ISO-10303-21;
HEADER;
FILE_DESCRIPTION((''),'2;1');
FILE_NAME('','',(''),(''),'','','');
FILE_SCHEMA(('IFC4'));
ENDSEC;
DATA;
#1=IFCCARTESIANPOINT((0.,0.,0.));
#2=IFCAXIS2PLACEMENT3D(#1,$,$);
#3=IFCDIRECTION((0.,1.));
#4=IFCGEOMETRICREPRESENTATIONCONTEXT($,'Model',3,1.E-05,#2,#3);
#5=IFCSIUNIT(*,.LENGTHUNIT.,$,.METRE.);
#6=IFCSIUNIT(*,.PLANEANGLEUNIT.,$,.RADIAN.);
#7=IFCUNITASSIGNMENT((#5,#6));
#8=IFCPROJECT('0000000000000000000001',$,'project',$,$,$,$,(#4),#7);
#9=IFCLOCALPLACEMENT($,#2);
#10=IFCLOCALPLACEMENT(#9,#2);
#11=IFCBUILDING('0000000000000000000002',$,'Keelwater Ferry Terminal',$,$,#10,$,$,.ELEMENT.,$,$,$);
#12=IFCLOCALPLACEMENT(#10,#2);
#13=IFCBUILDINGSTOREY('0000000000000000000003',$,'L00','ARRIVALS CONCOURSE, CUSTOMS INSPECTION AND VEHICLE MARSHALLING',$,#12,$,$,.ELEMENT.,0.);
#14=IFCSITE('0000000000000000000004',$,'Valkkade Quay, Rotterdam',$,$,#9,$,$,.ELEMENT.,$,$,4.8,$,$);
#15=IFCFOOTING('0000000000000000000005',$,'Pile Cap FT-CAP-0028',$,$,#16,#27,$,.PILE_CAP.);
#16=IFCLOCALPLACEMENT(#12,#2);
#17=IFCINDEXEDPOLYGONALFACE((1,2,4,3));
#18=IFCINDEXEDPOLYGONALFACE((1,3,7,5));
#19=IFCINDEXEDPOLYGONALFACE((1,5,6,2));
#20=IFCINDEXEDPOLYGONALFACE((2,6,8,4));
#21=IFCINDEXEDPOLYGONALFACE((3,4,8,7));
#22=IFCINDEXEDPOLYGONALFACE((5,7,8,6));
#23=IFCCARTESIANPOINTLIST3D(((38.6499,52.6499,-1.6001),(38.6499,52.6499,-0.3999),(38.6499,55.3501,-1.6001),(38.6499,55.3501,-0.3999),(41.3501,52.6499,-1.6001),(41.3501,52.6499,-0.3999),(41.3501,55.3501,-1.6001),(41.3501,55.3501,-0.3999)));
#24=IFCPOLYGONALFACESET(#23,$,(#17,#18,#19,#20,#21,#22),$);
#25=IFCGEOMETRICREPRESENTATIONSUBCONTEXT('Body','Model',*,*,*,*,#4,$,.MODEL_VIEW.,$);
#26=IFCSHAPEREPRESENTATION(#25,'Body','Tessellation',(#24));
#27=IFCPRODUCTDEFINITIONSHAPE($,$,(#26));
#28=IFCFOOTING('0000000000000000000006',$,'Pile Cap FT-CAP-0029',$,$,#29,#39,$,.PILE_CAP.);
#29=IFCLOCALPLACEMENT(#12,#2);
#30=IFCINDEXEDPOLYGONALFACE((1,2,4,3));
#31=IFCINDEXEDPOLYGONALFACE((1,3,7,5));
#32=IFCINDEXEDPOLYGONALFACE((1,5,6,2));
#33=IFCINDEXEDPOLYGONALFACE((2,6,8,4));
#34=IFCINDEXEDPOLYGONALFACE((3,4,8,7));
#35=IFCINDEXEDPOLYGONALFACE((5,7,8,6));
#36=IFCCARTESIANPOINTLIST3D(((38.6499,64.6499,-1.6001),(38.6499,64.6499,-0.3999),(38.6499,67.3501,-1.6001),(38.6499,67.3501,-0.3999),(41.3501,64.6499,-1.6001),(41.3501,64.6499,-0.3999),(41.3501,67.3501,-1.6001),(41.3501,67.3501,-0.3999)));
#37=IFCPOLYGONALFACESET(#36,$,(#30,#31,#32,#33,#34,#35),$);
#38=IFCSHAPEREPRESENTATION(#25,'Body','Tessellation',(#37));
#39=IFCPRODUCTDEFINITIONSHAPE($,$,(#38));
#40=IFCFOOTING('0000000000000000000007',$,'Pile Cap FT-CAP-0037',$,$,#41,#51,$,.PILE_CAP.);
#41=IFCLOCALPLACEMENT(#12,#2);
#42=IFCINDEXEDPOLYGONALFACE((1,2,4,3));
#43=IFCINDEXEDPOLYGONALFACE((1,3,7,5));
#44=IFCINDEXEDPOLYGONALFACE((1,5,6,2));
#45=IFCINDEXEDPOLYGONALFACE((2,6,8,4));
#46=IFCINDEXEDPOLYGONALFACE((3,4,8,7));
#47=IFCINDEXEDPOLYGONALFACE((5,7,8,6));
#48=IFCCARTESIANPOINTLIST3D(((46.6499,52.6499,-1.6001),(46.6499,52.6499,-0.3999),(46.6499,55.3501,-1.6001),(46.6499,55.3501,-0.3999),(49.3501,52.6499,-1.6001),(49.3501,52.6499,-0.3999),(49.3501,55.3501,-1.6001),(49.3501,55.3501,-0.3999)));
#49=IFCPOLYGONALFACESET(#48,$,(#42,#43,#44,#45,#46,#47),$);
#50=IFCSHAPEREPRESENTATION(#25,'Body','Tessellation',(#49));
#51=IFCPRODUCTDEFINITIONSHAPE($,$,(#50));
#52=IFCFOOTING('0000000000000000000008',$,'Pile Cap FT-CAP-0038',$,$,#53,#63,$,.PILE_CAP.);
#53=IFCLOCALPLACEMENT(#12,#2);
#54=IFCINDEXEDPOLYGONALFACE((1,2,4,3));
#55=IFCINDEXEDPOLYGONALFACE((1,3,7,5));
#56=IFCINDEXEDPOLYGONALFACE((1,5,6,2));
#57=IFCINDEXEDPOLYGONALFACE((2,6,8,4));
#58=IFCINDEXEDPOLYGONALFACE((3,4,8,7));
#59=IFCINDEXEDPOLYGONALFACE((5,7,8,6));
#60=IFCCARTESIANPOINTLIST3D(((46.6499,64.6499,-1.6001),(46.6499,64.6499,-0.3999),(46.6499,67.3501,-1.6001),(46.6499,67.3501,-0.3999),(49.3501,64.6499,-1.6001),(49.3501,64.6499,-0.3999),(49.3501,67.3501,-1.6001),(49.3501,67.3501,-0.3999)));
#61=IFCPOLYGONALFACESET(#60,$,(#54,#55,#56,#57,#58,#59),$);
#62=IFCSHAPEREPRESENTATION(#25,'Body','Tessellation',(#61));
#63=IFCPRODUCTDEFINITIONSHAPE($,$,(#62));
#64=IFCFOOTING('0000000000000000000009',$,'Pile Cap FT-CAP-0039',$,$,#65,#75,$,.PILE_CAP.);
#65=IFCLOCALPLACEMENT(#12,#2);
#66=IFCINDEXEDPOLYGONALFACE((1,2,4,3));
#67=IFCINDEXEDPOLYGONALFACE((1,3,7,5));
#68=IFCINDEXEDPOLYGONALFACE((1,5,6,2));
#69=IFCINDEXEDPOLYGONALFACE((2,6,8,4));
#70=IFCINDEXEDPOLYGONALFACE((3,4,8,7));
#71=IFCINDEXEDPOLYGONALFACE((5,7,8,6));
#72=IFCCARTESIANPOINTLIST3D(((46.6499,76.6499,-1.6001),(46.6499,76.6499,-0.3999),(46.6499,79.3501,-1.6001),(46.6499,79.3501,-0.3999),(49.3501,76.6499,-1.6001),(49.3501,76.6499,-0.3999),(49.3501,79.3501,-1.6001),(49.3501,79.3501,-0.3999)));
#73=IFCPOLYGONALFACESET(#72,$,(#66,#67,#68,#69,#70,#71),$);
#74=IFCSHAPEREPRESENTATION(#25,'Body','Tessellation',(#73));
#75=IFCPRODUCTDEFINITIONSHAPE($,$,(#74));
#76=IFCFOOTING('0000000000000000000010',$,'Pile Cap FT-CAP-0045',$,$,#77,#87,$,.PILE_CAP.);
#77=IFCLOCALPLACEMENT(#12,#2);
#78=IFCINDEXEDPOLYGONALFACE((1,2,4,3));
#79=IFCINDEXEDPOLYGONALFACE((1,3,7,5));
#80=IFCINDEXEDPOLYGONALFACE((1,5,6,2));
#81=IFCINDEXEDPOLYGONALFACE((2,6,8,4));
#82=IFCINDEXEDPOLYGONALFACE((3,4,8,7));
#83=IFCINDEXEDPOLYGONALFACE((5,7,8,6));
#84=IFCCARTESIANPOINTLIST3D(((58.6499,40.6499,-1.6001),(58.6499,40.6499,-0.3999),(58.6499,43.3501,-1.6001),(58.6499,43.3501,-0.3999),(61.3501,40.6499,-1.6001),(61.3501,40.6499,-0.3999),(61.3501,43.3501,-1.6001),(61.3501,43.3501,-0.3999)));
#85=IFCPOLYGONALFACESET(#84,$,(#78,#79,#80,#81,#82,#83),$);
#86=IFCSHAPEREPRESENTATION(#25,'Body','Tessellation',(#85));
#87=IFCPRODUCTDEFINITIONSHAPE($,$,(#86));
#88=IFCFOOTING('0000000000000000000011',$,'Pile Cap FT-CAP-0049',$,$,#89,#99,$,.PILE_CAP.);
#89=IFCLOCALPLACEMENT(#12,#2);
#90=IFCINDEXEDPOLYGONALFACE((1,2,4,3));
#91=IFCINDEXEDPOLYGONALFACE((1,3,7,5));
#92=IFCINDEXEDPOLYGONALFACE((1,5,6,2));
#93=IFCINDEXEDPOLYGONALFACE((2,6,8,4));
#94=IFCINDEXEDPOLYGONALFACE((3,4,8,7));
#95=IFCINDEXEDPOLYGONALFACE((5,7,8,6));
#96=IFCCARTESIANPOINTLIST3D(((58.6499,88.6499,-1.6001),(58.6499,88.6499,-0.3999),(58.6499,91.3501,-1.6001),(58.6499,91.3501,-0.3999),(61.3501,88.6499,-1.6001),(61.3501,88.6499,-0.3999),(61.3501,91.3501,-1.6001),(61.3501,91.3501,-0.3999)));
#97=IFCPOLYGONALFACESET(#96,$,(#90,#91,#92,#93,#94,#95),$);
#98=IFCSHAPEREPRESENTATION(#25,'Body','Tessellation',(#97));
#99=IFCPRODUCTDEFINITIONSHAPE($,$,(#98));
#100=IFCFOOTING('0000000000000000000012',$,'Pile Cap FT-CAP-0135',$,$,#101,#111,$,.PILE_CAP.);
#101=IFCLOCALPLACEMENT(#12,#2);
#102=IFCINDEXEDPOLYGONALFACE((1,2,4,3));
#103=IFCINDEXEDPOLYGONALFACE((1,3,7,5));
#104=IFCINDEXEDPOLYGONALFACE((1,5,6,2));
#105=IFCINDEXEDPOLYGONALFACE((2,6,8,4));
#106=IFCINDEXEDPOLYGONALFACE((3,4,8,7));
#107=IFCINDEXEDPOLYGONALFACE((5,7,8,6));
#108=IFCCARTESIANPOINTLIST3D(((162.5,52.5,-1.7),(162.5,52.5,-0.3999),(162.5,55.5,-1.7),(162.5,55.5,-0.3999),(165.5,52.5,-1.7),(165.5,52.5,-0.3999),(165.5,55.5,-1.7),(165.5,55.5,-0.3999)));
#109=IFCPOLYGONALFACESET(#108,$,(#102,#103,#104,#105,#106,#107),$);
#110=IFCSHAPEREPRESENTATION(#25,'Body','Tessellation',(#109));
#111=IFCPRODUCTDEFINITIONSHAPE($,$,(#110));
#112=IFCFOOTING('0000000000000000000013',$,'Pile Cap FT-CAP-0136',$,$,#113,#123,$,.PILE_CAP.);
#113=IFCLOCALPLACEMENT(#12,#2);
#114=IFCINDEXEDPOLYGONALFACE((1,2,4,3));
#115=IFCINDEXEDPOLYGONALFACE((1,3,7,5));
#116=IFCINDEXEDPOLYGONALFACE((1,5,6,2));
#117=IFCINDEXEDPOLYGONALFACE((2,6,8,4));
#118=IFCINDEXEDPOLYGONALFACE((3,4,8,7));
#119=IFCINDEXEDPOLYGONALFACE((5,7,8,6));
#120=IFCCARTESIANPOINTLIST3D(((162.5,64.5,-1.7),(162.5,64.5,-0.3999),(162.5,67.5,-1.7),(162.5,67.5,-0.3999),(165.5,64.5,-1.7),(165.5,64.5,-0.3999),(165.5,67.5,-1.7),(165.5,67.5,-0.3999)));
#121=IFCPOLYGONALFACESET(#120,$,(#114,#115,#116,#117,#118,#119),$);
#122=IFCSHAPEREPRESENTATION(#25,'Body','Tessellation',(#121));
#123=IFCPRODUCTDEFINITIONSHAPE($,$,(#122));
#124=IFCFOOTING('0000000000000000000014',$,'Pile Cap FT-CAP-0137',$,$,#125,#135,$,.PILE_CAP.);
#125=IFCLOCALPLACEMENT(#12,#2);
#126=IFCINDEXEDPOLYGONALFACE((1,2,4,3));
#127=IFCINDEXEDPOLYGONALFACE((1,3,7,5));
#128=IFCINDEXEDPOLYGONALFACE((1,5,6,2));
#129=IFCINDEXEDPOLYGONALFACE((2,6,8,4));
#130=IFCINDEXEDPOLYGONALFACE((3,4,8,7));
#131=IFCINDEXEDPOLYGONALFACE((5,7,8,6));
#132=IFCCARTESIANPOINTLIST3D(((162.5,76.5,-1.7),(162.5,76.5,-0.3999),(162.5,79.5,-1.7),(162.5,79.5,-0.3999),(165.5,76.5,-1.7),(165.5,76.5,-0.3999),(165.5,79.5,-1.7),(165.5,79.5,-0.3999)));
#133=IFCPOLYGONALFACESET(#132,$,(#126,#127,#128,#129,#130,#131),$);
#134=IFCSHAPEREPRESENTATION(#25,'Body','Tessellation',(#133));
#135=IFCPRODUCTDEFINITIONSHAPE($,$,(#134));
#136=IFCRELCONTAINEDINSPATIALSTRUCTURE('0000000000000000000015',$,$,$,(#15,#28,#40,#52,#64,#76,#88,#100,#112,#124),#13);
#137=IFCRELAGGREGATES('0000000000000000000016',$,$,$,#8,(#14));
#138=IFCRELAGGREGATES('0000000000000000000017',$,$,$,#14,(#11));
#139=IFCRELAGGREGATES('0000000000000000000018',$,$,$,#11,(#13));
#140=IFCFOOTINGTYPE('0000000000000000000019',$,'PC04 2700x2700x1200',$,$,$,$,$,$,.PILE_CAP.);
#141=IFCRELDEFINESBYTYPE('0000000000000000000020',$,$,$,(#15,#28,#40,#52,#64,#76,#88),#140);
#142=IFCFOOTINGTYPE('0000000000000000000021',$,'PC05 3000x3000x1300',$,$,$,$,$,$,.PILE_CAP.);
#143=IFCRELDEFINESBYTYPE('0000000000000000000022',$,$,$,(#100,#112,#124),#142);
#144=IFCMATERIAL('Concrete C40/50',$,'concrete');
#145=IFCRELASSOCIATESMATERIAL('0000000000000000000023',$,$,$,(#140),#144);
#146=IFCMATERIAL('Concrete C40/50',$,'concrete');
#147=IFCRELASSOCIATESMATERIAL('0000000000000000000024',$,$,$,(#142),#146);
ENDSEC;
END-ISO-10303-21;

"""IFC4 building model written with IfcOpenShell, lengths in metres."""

from ifc_helpers import new_model, si_unit, direction, frame, origin, place, context, subcontext, project, spatial, polyline, outline, extrude, material, type_object, element, save


model = new_model("IFC4")

# Units and contexts
model_context = context("Model", 3, precision=1e-05, world=origin(), true_north=direction((0.0, 1.0)))
body_context = subcontext(model_context, "Body", "Model", "MODEL_VIEW")
ifc_project = project(units=[si_unit("LENGTHUNIT", "METRE"), si_unit("PLANEANGLEUNIT", "RADIAN")], contexts=[model_context])

# Site, building, storey
site_placement = place(None, origin())
site = spatial("IfcSite", under=ifc_project, at=site_placement, Name="Valkkade Quay, Rotterdam", CompositionType="ELEMENT", RefElevation=4.8)
building_placement = place(site_placement, origin())
building = spatial("IfcBuilding", under=site, at=building_placement, Name="Keelwater Ferry Terminal", CompositionType="ELEMENT")
storey_placement = place(building_placement, origin())
storey = spatial("IfcBuildingStorey", under=building, at=storey_placement, Name="L00", Description="ARRIVALS CONCOURSE, CUSTOMS INSPECTION AND VEHICLE MARSHALLING", CompositionType="ELEMENT", Elevation=0.0)

# Footings
ifc_material_1 = material(Name="Concrete C40/50", Category="concrete")
footing_type_1 = type_object("IfcFootingType", Name="PC04 2700x2700x1200", PredefinedType="PILE_CAP", material=ifc_material_1)
footing_1_placement = place(storey_placement, frame((0.0, 0.0, -1.6001)))
element("IfcFooting", 1, at=footing_1_placement, inside=storey, type_object=footing_type_1, Name="Pile Cap FT-CAP-0028", PredefinedType="PILE_CAP", context=body_context, shape_type="SweptSolid", body=[
    extrude(outline(polyline([(38.6499, 52.6499), (41.3501, 52.6499), (41.3501, 55.3501), (38.6499, 55.3501), (38.6499, 52.6499)])), origin(), (0.0, 0.0, 1.0), 1.2002),
])
footing_2_placement = place(storey_placement, frame((0.0, 0.0, -1.6001)))
element("IfcFooting", 2, at=footing_2_placement, inside=storey, type_object=footing_type_1, Name="Pile Cap FT-CAP-0029", PredefinedType="PILE_CAP", context=body_context, shape_type="SweptSolid", body=[
    extrude(outline(polyline([(38.6499, 64.6499), (41.3501, 64.6499), (41.3501, 67.3501), (38.6499, 67.3501), (38.6499, 64.6499)])), origin(), (0.0, 0.0, 1.0), 1.2002),
])
footing_3_placement = place(storey_placement, frame((0.0, 0.0, -1.6001)))
element("IfcFooting", 3, at=footing_3_placement, inside=storey, type_object=footing_type_1, Name="Pile Cap FT-CAP-0037", PredefinedType="PILE_CAP", context=body_context, shape_type="SweptSolid", body=[
    extrude(outline(polyline([(46.6499, 52.6499), (49.3501, 52.6499), (49.3501, 55.3501), (46.6499, 55.3501), (46.6499, 52.6499)])), origin(), (0.0, 0.0, 1.0), 1.2002),
])
footing_4_placement = place(storey_placement, frame((0.0, 0.0, -1.6001)))
element("IfcFooting", 4, at=footing_4_placement, inside=storey, type_object=footing_type_1, Name="Pile Cap FT-CAP-0038", PredefinedType="PILE_CAP", context=body_context, shape_type="SweptSolid", body=[
    extrude(outline(polyline([(46.6499, 64.6499), (49.3501, 64.6499), (49.3501, 67.3501), (46.6499, 67.3501), (46.6499, 64.6499)])), origin(), (0.0, 0.0, 1.0), 1.2002),
])
footing_5_placement = place(storey_placement, frame((0.0, 0.0, -1.6001)))
element("IfcFooting", 5, at=footing_5_placement, inside=storey, type_object=footing_type_1, Name="Pile Cap FT-CAP-0039", PredefinedType="PILE_CAP", context=body_context, shape_type="SweptSolid", body=[
    extrude(outline(polyline([(46.6499, 76.6499), (49.3501, 76.6499), (49.3501, 79.3501), (46.6499, 79.3501), (46.6499, 76.6499)])), origin(), (0.0, 0.0, 1.0), 1.2002),
])
footing_6_placement = place(storey_placement, frame((0.0, 0.0, -1.6001)))
element("IfcFooting", 6, at=footing_6_placement, inside=storey, type_object=footing_type_1, Name="Pile Cap FT-CAP-0045", PredefinedType="PILE_CAP", context=body_context, shape_type="SweptSolid", body=[
    extrude(outline(polyline([(58.6499, 40.6499), (61.3501, 40.6499), (61.3501, 43.3501), (58.6499, 43.3501), (58.6499, 40.6499)])), origin(), (0.0, 0.0, 1.0), 1.2002),
])
footing_7_placement = place(storey_placement, frame((0.0, 0.0, -1.6001)))
element("IfcFooting", 7, at=footing_7_placement, inside=storey, type_object=footing_type_1, Name="Pile Cap FT-CAP-0049", PredefinedType="PILE_CAP", context=body_context, shape_type="SweptSolid", body=[
    extrude(outline(polyline([(58.6499, 88.6499), (61.3501, 88.6499), (61.3501, 91.3501), (58.6499, 91.3501), (58.6499, 88.6499)])), origin(), (0.0, 0.0, 1.0), 1.2002),
])
ifc_material_2 = material(Name="Concrete C40/50", Category="concrete")
footing_type_2 = type_object("IfcFootingType", Name="PC05 3000x3000x1300", PredefinedType="PILE_CAP", material=ifc_material_2)
footing_8_placement = place(storey_placement, frame((0.0, 0.0, -1.7)))
element("IfcFooting", 8, at=footing_8_placement, inside=storey, type_object=footing_type_2, Name="Pile Cap FT-CAP-0135", PredefinedType="PILE_CAP", context=body_context, shape_type="SweptSolid", body=[
    extrude(outline(polyline([(162.5, 52.5), (165.5, 52.5), (165.5, 55.5), (162.5, 55.5), (162.5, 52.5)])), origin(), (0.0, 0.0, 1.0), 1.3),
])
footing_9_placement = place(storey_placement, frame((0.0, 0.0, -1.7)))
element("IfcFooting", 9, at=footing_9_placement, inside=storey, type_object=footing_type_2, Name="Pile Cap FT-CAP-0136", PredefinedType="PILE_CAP", context=body_context, shape_type="SweptSolid", body=[
    extrude(outline(polyline([(162.5, 64.5), (165.5, 64.5), (165.5, 67.5), (162.5, 67.5), (162.5, 64.5)])), origin(), (0.0, 0.0, 1.0), 1.3),
])
footing_10_placement = place(storey_placement, frame((0.0, 0.0, -1.7)))
element("IfcFooting", 10, at=footing_10_placement, inside=storey, type_object=footing_type_2, Name="Pile Cap FT-CAP-0137", PredefinedType="PILE_CAP", context=body_context, shape_type="SweptSolid", body=[
    extrude(outline(polyline([(162.5, 76.5), (165.5, 76.5), (165.5, 79.5), (162.5, 79.5), (162.5, 76.5)])), origin(), (0.0, 0.0, 1.0), 1.3),
])

save(model, "model.ifc")
